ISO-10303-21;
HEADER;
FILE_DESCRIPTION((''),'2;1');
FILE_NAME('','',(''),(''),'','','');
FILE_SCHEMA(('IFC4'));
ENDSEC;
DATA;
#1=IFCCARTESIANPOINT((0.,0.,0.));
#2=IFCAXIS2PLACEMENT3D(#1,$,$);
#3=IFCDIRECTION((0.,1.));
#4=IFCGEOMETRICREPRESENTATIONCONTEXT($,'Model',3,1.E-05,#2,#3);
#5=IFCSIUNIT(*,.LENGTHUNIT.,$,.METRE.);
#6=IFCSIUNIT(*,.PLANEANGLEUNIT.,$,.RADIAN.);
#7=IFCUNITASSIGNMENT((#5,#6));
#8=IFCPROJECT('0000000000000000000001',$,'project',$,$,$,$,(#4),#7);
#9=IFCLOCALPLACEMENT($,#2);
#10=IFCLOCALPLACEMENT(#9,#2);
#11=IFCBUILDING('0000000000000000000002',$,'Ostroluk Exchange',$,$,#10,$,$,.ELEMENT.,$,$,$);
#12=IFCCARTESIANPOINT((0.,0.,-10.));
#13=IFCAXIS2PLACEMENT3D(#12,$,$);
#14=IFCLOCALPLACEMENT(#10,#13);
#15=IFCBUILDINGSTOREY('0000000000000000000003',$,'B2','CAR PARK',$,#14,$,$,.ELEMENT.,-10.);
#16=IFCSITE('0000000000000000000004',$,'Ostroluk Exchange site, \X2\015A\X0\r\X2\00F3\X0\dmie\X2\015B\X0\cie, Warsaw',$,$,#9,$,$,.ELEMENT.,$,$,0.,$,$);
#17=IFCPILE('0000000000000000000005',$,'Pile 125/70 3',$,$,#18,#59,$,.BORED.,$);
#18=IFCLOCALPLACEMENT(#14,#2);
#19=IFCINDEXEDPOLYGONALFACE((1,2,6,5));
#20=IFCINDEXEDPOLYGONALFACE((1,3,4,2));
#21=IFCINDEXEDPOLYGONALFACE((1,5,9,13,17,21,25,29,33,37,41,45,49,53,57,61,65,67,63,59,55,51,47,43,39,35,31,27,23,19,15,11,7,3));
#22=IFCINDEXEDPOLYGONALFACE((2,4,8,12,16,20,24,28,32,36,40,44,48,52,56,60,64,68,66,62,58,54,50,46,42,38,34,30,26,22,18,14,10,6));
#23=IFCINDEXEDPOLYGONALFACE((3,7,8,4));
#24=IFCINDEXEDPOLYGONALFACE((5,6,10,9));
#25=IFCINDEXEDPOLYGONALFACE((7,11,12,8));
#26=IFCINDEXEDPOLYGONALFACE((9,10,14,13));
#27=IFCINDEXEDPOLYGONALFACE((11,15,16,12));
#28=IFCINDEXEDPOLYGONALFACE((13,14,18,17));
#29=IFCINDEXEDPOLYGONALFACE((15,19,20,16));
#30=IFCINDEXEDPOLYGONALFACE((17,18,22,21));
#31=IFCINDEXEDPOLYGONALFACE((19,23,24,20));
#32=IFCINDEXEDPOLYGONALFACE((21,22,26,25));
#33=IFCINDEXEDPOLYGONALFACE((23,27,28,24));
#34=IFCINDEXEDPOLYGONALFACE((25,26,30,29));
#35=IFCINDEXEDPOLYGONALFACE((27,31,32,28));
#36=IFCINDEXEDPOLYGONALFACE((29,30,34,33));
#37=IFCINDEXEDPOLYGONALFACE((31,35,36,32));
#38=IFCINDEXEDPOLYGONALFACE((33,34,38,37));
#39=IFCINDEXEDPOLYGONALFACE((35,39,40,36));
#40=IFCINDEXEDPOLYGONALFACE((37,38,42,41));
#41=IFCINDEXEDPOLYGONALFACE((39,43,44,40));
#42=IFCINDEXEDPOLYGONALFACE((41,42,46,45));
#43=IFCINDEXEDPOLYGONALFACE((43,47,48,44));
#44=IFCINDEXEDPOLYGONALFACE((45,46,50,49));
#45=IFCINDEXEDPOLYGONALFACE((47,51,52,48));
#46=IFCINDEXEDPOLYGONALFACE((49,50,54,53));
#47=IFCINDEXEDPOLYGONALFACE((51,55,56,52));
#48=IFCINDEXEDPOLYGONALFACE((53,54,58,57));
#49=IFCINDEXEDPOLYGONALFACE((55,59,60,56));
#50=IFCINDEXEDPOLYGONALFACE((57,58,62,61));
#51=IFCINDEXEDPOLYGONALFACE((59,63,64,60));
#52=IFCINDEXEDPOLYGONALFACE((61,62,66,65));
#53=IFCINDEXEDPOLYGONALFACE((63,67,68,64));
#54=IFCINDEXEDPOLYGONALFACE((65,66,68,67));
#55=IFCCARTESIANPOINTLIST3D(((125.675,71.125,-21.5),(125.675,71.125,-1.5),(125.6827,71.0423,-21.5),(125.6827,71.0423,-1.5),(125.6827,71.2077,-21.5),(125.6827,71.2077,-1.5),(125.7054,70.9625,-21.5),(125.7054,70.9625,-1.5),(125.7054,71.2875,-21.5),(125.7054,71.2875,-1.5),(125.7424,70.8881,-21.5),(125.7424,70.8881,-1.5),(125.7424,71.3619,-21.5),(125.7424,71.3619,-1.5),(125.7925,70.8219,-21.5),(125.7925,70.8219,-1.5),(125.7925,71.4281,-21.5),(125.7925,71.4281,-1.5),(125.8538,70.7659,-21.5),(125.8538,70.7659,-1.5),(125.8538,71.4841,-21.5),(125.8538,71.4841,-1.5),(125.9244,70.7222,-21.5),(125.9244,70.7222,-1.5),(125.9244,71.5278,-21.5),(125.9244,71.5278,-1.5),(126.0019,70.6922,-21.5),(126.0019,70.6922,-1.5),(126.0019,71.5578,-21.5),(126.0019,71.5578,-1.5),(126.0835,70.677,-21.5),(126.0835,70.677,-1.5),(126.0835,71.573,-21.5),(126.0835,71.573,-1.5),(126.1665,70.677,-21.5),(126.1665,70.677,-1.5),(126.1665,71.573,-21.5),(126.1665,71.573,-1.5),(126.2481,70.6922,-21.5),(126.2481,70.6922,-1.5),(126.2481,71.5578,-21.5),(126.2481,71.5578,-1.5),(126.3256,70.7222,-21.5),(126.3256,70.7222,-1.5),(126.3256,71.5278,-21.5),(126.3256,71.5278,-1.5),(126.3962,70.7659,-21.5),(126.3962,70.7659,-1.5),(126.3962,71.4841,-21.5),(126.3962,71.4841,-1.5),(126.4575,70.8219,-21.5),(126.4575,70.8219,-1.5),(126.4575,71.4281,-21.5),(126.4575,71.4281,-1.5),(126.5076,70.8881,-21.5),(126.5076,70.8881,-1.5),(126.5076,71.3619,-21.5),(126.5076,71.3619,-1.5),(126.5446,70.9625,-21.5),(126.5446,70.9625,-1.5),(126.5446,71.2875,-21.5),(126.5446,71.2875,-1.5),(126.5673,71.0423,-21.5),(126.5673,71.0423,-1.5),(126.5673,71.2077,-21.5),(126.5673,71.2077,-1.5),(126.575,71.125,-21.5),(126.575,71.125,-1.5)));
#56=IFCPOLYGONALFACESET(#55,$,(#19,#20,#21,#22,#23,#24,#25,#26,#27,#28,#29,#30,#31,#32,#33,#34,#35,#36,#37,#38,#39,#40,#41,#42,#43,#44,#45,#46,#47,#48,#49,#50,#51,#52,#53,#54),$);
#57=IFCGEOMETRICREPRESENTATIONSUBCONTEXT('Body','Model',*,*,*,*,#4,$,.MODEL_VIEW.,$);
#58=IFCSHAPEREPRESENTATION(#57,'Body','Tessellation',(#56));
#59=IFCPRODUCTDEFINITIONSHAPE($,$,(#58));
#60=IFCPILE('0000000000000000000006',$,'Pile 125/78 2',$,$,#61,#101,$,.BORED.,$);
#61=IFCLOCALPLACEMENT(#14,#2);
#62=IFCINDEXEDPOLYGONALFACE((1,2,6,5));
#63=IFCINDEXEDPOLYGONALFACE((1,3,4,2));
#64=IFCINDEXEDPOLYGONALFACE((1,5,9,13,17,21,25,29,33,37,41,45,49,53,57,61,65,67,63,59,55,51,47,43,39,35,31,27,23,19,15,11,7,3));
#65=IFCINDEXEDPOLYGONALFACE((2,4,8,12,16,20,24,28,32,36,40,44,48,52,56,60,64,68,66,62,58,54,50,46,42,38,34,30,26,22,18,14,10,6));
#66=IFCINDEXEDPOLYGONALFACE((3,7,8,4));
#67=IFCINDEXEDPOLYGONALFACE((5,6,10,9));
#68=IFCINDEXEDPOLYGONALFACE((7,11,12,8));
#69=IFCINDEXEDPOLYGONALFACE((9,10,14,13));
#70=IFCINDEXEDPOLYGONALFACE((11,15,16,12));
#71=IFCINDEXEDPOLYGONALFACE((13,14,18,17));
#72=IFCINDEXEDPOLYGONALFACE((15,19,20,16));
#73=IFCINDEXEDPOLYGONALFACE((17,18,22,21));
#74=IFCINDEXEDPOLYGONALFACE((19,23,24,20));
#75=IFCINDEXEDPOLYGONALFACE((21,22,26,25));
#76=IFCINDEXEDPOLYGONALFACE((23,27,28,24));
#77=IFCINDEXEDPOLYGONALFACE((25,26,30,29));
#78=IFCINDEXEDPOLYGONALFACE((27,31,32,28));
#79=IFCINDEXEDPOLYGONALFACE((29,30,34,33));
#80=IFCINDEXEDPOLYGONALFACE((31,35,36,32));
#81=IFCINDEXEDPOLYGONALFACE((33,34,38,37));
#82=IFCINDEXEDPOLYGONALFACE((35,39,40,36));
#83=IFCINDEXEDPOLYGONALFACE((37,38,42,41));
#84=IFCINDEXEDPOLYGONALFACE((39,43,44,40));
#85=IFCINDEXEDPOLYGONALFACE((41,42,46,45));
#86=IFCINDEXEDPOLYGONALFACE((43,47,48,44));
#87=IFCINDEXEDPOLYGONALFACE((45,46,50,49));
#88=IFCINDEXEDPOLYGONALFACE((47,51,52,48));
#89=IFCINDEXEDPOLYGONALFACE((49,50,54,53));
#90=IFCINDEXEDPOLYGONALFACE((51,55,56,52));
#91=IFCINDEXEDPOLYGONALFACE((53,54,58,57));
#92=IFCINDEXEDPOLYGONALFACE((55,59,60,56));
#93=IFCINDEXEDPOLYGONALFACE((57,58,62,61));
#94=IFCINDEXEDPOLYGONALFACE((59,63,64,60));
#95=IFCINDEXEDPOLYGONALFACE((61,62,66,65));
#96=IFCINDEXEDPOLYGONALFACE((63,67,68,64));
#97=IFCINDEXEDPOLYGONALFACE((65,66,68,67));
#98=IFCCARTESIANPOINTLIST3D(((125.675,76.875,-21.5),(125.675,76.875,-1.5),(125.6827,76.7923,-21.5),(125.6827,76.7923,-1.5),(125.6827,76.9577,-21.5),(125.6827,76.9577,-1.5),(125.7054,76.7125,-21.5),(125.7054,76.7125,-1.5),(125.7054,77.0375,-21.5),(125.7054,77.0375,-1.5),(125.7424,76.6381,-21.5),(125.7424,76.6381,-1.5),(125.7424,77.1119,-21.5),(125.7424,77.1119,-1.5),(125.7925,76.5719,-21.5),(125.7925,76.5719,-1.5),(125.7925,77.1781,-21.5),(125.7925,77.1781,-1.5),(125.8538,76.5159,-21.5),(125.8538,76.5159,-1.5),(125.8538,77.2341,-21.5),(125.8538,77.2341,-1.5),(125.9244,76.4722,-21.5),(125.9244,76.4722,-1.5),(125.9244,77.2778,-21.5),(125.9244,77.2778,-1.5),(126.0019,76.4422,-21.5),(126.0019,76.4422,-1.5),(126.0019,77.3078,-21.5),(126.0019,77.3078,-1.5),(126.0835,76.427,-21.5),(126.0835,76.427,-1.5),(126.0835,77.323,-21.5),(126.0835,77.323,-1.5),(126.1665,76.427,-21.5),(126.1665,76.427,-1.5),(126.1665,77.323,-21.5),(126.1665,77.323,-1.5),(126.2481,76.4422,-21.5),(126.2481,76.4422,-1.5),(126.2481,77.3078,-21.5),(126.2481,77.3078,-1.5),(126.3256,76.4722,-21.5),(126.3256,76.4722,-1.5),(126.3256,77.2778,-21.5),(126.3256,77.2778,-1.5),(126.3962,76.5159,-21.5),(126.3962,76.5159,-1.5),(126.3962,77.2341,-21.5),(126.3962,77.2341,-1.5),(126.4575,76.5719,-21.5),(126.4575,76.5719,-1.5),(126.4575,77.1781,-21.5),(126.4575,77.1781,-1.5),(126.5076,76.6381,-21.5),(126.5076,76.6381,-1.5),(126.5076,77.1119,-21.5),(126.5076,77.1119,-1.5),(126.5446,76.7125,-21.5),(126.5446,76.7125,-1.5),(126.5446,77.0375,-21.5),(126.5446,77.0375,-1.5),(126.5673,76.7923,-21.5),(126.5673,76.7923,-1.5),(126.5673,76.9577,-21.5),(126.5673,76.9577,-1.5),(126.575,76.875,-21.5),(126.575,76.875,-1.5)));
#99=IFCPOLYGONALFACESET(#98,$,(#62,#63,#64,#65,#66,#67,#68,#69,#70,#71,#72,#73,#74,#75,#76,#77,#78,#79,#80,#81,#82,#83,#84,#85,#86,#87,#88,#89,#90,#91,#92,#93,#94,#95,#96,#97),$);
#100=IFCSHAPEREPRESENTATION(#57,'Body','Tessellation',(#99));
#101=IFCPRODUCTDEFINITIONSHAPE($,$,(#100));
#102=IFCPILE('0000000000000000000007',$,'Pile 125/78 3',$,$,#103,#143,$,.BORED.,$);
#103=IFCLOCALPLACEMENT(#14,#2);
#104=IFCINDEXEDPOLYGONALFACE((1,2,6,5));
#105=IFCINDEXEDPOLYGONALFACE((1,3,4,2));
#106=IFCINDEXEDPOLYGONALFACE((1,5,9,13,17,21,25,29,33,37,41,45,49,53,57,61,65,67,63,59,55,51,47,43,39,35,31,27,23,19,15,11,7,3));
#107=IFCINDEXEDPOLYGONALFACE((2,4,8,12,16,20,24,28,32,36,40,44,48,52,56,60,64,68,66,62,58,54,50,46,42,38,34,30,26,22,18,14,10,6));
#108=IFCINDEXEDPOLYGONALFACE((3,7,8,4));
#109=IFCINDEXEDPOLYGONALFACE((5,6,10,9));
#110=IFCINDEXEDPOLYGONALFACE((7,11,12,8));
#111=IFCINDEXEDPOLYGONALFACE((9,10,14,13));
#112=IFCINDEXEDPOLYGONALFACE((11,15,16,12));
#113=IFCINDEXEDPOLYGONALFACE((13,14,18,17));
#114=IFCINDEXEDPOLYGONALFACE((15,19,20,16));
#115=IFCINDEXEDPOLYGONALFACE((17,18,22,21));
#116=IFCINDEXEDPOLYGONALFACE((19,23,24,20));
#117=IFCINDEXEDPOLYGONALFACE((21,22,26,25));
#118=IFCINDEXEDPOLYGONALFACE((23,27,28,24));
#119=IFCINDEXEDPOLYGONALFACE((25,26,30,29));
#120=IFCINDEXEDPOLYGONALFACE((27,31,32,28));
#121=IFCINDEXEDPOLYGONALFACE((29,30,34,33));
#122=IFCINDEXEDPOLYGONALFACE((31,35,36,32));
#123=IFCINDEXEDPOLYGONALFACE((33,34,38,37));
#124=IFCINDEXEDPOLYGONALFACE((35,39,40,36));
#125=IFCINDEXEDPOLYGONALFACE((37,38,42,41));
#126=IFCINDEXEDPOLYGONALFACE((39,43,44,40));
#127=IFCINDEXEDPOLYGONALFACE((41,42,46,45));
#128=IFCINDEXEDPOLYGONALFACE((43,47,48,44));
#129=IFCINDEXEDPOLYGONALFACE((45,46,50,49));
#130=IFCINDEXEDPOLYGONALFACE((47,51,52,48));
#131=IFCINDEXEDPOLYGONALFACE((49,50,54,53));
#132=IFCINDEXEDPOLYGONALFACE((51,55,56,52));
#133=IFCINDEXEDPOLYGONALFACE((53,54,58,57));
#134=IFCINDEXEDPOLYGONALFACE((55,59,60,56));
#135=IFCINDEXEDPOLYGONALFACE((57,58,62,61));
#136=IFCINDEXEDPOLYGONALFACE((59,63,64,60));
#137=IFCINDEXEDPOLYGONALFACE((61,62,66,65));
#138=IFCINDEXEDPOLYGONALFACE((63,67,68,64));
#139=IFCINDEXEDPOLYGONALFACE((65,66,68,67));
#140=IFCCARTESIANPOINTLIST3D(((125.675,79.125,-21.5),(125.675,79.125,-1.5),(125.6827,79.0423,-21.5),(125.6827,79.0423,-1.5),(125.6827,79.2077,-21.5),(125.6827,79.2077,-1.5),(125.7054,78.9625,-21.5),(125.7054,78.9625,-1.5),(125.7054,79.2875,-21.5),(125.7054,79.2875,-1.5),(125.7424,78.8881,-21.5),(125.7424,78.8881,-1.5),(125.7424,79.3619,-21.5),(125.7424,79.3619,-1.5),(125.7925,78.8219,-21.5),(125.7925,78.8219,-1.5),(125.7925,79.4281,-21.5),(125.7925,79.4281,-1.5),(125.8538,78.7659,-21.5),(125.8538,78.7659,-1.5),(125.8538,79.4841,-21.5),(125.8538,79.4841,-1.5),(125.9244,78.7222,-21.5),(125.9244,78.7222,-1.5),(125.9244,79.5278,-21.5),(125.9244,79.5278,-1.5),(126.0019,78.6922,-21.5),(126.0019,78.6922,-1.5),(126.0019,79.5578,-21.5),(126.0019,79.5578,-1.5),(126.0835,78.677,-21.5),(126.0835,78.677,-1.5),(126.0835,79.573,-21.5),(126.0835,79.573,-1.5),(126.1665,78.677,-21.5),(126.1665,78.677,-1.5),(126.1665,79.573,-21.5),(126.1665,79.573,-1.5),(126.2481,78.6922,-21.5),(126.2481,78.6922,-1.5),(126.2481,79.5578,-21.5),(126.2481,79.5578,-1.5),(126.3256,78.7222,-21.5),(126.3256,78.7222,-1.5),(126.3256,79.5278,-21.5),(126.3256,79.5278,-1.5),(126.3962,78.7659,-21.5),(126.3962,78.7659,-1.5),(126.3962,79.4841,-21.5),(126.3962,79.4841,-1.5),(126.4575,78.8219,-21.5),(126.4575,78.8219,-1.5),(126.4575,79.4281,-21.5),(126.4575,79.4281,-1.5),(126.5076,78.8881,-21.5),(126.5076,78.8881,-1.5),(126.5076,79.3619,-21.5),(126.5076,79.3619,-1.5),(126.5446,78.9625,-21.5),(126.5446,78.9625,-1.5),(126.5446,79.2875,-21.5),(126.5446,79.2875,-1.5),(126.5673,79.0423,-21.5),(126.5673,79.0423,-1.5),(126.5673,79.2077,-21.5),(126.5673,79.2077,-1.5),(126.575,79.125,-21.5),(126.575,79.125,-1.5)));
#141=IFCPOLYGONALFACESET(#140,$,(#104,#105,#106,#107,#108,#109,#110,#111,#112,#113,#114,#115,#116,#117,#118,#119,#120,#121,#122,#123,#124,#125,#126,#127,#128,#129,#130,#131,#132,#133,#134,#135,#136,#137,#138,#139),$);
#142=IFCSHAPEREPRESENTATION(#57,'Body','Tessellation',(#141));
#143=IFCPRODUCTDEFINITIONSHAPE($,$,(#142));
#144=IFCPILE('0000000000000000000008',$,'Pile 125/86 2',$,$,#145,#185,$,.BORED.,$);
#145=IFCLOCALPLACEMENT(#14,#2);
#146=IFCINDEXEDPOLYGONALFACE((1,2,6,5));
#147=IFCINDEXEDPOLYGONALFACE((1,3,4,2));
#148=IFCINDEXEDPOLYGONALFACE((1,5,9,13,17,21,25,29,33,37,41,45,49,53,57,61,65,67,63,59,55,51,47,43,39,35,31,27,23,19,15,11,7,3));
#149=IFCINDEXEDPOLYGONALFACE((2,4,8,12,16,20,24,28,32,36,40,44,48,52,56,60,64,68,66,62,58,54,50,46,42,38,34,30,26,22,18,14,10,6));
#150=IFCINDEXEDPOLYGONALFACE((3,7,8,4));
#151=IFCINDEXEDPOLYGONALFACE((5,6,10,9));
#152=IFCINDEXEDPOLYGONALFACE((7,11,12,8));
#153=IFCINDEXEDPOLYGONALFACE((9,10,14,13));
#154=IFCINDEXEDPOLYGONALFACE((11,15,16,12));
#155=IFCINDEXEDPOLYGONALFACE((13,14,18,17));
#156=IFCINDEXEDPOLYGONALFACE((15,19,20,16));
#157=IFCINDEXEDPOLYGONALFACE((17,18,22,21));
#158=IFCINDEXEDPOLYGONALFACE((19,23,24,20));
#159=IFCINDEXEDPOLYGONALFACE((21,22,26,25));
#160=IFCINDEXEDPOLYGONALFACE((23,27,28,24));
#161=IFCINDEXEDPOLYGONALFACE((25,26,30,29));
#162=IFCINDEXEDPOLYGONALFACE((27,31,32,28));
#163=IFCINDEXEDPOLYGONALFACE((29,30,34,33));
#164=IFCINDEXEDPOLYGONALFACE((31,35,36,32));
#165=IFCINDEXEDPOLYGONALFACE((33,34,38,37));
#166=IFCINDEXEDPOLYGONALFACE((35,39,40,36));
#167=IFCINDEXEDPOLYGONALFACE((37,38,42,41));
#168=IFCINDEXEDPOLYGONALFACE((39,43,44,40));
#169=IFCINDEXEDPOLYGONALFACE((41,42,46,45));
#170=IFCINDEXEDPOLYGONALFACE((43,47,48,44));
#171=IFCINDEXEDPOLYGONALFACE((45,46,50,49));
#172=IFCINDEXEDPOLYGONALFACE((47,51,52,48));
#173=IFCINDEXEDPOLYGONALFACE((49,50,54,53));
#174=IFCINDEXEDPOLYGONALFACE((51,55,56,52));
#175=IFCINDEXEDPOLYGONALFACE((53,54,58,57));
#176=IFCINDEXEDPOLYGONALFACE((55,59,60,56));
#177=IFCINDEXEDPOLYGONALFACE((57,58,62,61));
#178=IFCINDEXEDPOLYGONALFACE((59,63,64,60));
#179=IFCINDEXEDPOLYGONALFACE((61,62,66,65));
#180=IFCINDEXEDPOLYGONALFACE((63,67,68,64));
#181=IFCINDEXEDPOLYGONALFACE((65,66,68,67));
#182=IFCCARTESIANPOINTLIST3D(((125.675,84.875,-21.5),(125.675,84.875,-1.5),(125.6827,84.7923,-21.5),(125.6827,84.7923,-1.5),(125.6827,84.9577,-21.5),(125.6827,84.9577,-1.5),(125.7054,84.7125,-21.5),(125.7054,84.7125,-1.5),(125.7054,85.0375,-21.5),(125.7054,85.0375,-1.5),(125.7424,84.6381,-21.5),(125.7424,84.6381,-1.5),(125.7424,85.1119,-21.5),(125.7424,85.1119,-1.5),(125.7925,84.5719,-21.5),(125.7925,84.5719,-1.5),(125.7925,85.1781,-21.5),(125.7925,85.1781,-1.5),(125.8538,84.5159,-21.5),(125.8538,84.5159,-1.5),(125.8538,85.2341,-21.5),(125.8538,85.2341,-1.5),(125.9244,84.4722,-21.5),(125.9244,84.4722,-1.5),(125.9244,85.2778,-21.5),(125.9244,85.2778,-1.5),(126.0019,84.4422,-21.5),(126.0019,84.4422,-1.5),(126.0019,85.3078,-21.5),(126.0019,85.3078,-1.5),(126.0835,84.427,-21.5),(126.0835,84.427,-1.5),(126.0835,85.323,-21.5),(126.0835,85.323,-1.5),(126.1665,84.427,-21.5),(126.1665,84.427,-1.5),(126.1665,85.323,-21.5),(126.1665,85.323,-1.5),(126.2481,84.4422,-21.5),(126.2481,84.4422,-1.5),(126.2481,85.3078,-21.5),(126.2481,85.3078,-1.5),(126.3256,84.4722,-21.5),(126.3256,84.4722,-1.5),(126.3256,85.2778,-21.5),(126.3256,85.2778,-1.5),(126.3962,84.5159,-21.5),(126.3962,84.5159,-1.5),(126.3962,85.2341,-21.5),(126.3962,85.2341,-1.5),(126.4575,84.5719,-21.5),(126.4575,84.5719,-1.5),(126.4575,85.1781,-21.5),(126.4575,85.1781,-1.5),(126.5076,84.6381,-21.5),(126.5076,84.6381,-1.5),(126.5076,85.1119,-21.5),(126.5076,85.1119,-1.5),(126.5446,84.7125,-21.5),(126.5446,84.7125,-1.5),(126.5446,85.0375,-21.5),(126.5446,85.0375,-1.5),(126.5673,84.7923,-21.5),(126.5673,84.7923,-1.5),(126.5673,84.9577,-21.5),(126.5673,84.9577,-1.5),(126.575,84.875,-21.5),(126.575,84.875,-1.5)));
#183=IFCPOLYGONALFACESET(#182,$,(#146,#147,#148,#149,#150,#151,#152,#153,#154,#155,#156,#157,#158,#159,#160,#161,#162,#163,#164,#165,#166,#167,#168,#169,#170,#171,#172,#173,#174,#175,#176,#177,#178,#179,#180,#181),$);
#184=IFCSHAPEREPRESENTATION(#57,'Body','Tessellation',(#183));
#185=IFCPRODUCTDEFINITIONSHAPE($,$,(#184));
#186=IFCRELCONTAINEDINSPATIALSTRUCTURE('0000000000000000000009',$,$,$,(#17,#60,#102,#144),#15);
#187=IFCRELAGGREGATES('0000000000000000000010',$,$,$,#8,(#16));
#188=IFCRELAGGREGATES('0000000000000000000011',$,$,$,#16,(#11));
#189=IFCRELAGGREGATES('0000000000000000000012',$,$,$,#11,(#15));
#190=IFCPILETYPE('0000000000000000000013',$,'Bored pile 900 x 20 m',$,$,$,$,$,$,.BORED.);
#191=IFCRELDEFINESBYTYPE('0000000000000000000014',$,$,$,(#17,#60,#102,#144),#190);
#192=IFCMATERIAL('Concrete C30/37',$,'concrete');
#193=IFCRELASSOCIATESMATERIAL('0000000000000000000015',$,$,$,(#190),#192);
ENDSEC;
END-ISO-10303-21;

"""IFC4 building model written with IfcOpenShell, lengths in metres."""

from ifc_helpers import new_model, si_unit, direction, frame, origin, origin_2d, place, context, subcontext, project, spatial, circle, extrude, material, type_object, element, save


model = new_model("IFC4")

# Units and contexts
model_context = context("Model", 3, precision=1e-05, world=origin(), true_north=direction((0.0, 1.0)))
body_context = subcontext(model_context, "Body", "Model", "MODEL_VIEW")
ifc_project = project(units=[si_unit("LENGTHUNIT", "METRE"), si_unit("PLANEANGLEUNIT", "RADIAN")], contexts=[model_context])

# Site, building, storey
site_placement = place(None, origin())
site = spatial("IfcSite", under=ifc_project, at=site_placement, Name="Ostroluk Exchange site, Śródmieście, Warsaw", CompositionType="ELEMENT", RefElevation=0.0)
building_placement = place(site_placement, origin())
building = spatial("IfcBuilding", under=site, at=building_placement, Name="Ostroluk Exchange", CompositionType="ELEMENT")
storey_placement = place(building_placement, frame((0.0, 0.0, -10.0)))
storey = spatial("IfcBuildingStorey", under=building, at=storey_placement, Name="B2", Description="CAR PARK", CompositionType="ELEMENT", Elevation=-10.0)

# Piles
ifc_material_1 = material(Name="Concrete C30/37", Category="concrete")
pile_type = type_object("IfcPileType", Name="Bored pile 900 x 20 m", PredefinedType="BORED", material=ifc_material_1)
for number, where, z_axis, x_axis, name in (
    (1, (126.125, 71.125, -1.5), (0.0, 0.0, -1.0), (1.0, 0.0, 0.0), "Pile 125/70 3"),
    (2, (126.125, 76.875, -1.5), (0.0, 0.0, -1.0), (1.0, 0.0, 0.0), "Pile 125/78 2"),
    (3, (126.125, 79.125, -1.5), (0.0, 0.0, -1.0), (1.0, 0.0, 0.0), "Pile 125/78 3"),
    (4, (126.125, 84.875, -1.5), (0.0, 0.0, -1.0), (1.0, 0.0, 0.0), "Pile 125/86 2"),
):
    element("IfcPile", number, at=place(storey_placement, frame(where, z_axis=z_axis, x_axis=x_axis)), inside=storey, type_object=pile_type, Name=name, PredefinedType="BORED", context=body_context, shape_type="SweptSolid", body=[
        extrude(circle(Radius=0.45, at=origin_2d()), origin(), (0.0, 0.0, 1.0), 20.0),
    ])

save(model, "model.ifc")
